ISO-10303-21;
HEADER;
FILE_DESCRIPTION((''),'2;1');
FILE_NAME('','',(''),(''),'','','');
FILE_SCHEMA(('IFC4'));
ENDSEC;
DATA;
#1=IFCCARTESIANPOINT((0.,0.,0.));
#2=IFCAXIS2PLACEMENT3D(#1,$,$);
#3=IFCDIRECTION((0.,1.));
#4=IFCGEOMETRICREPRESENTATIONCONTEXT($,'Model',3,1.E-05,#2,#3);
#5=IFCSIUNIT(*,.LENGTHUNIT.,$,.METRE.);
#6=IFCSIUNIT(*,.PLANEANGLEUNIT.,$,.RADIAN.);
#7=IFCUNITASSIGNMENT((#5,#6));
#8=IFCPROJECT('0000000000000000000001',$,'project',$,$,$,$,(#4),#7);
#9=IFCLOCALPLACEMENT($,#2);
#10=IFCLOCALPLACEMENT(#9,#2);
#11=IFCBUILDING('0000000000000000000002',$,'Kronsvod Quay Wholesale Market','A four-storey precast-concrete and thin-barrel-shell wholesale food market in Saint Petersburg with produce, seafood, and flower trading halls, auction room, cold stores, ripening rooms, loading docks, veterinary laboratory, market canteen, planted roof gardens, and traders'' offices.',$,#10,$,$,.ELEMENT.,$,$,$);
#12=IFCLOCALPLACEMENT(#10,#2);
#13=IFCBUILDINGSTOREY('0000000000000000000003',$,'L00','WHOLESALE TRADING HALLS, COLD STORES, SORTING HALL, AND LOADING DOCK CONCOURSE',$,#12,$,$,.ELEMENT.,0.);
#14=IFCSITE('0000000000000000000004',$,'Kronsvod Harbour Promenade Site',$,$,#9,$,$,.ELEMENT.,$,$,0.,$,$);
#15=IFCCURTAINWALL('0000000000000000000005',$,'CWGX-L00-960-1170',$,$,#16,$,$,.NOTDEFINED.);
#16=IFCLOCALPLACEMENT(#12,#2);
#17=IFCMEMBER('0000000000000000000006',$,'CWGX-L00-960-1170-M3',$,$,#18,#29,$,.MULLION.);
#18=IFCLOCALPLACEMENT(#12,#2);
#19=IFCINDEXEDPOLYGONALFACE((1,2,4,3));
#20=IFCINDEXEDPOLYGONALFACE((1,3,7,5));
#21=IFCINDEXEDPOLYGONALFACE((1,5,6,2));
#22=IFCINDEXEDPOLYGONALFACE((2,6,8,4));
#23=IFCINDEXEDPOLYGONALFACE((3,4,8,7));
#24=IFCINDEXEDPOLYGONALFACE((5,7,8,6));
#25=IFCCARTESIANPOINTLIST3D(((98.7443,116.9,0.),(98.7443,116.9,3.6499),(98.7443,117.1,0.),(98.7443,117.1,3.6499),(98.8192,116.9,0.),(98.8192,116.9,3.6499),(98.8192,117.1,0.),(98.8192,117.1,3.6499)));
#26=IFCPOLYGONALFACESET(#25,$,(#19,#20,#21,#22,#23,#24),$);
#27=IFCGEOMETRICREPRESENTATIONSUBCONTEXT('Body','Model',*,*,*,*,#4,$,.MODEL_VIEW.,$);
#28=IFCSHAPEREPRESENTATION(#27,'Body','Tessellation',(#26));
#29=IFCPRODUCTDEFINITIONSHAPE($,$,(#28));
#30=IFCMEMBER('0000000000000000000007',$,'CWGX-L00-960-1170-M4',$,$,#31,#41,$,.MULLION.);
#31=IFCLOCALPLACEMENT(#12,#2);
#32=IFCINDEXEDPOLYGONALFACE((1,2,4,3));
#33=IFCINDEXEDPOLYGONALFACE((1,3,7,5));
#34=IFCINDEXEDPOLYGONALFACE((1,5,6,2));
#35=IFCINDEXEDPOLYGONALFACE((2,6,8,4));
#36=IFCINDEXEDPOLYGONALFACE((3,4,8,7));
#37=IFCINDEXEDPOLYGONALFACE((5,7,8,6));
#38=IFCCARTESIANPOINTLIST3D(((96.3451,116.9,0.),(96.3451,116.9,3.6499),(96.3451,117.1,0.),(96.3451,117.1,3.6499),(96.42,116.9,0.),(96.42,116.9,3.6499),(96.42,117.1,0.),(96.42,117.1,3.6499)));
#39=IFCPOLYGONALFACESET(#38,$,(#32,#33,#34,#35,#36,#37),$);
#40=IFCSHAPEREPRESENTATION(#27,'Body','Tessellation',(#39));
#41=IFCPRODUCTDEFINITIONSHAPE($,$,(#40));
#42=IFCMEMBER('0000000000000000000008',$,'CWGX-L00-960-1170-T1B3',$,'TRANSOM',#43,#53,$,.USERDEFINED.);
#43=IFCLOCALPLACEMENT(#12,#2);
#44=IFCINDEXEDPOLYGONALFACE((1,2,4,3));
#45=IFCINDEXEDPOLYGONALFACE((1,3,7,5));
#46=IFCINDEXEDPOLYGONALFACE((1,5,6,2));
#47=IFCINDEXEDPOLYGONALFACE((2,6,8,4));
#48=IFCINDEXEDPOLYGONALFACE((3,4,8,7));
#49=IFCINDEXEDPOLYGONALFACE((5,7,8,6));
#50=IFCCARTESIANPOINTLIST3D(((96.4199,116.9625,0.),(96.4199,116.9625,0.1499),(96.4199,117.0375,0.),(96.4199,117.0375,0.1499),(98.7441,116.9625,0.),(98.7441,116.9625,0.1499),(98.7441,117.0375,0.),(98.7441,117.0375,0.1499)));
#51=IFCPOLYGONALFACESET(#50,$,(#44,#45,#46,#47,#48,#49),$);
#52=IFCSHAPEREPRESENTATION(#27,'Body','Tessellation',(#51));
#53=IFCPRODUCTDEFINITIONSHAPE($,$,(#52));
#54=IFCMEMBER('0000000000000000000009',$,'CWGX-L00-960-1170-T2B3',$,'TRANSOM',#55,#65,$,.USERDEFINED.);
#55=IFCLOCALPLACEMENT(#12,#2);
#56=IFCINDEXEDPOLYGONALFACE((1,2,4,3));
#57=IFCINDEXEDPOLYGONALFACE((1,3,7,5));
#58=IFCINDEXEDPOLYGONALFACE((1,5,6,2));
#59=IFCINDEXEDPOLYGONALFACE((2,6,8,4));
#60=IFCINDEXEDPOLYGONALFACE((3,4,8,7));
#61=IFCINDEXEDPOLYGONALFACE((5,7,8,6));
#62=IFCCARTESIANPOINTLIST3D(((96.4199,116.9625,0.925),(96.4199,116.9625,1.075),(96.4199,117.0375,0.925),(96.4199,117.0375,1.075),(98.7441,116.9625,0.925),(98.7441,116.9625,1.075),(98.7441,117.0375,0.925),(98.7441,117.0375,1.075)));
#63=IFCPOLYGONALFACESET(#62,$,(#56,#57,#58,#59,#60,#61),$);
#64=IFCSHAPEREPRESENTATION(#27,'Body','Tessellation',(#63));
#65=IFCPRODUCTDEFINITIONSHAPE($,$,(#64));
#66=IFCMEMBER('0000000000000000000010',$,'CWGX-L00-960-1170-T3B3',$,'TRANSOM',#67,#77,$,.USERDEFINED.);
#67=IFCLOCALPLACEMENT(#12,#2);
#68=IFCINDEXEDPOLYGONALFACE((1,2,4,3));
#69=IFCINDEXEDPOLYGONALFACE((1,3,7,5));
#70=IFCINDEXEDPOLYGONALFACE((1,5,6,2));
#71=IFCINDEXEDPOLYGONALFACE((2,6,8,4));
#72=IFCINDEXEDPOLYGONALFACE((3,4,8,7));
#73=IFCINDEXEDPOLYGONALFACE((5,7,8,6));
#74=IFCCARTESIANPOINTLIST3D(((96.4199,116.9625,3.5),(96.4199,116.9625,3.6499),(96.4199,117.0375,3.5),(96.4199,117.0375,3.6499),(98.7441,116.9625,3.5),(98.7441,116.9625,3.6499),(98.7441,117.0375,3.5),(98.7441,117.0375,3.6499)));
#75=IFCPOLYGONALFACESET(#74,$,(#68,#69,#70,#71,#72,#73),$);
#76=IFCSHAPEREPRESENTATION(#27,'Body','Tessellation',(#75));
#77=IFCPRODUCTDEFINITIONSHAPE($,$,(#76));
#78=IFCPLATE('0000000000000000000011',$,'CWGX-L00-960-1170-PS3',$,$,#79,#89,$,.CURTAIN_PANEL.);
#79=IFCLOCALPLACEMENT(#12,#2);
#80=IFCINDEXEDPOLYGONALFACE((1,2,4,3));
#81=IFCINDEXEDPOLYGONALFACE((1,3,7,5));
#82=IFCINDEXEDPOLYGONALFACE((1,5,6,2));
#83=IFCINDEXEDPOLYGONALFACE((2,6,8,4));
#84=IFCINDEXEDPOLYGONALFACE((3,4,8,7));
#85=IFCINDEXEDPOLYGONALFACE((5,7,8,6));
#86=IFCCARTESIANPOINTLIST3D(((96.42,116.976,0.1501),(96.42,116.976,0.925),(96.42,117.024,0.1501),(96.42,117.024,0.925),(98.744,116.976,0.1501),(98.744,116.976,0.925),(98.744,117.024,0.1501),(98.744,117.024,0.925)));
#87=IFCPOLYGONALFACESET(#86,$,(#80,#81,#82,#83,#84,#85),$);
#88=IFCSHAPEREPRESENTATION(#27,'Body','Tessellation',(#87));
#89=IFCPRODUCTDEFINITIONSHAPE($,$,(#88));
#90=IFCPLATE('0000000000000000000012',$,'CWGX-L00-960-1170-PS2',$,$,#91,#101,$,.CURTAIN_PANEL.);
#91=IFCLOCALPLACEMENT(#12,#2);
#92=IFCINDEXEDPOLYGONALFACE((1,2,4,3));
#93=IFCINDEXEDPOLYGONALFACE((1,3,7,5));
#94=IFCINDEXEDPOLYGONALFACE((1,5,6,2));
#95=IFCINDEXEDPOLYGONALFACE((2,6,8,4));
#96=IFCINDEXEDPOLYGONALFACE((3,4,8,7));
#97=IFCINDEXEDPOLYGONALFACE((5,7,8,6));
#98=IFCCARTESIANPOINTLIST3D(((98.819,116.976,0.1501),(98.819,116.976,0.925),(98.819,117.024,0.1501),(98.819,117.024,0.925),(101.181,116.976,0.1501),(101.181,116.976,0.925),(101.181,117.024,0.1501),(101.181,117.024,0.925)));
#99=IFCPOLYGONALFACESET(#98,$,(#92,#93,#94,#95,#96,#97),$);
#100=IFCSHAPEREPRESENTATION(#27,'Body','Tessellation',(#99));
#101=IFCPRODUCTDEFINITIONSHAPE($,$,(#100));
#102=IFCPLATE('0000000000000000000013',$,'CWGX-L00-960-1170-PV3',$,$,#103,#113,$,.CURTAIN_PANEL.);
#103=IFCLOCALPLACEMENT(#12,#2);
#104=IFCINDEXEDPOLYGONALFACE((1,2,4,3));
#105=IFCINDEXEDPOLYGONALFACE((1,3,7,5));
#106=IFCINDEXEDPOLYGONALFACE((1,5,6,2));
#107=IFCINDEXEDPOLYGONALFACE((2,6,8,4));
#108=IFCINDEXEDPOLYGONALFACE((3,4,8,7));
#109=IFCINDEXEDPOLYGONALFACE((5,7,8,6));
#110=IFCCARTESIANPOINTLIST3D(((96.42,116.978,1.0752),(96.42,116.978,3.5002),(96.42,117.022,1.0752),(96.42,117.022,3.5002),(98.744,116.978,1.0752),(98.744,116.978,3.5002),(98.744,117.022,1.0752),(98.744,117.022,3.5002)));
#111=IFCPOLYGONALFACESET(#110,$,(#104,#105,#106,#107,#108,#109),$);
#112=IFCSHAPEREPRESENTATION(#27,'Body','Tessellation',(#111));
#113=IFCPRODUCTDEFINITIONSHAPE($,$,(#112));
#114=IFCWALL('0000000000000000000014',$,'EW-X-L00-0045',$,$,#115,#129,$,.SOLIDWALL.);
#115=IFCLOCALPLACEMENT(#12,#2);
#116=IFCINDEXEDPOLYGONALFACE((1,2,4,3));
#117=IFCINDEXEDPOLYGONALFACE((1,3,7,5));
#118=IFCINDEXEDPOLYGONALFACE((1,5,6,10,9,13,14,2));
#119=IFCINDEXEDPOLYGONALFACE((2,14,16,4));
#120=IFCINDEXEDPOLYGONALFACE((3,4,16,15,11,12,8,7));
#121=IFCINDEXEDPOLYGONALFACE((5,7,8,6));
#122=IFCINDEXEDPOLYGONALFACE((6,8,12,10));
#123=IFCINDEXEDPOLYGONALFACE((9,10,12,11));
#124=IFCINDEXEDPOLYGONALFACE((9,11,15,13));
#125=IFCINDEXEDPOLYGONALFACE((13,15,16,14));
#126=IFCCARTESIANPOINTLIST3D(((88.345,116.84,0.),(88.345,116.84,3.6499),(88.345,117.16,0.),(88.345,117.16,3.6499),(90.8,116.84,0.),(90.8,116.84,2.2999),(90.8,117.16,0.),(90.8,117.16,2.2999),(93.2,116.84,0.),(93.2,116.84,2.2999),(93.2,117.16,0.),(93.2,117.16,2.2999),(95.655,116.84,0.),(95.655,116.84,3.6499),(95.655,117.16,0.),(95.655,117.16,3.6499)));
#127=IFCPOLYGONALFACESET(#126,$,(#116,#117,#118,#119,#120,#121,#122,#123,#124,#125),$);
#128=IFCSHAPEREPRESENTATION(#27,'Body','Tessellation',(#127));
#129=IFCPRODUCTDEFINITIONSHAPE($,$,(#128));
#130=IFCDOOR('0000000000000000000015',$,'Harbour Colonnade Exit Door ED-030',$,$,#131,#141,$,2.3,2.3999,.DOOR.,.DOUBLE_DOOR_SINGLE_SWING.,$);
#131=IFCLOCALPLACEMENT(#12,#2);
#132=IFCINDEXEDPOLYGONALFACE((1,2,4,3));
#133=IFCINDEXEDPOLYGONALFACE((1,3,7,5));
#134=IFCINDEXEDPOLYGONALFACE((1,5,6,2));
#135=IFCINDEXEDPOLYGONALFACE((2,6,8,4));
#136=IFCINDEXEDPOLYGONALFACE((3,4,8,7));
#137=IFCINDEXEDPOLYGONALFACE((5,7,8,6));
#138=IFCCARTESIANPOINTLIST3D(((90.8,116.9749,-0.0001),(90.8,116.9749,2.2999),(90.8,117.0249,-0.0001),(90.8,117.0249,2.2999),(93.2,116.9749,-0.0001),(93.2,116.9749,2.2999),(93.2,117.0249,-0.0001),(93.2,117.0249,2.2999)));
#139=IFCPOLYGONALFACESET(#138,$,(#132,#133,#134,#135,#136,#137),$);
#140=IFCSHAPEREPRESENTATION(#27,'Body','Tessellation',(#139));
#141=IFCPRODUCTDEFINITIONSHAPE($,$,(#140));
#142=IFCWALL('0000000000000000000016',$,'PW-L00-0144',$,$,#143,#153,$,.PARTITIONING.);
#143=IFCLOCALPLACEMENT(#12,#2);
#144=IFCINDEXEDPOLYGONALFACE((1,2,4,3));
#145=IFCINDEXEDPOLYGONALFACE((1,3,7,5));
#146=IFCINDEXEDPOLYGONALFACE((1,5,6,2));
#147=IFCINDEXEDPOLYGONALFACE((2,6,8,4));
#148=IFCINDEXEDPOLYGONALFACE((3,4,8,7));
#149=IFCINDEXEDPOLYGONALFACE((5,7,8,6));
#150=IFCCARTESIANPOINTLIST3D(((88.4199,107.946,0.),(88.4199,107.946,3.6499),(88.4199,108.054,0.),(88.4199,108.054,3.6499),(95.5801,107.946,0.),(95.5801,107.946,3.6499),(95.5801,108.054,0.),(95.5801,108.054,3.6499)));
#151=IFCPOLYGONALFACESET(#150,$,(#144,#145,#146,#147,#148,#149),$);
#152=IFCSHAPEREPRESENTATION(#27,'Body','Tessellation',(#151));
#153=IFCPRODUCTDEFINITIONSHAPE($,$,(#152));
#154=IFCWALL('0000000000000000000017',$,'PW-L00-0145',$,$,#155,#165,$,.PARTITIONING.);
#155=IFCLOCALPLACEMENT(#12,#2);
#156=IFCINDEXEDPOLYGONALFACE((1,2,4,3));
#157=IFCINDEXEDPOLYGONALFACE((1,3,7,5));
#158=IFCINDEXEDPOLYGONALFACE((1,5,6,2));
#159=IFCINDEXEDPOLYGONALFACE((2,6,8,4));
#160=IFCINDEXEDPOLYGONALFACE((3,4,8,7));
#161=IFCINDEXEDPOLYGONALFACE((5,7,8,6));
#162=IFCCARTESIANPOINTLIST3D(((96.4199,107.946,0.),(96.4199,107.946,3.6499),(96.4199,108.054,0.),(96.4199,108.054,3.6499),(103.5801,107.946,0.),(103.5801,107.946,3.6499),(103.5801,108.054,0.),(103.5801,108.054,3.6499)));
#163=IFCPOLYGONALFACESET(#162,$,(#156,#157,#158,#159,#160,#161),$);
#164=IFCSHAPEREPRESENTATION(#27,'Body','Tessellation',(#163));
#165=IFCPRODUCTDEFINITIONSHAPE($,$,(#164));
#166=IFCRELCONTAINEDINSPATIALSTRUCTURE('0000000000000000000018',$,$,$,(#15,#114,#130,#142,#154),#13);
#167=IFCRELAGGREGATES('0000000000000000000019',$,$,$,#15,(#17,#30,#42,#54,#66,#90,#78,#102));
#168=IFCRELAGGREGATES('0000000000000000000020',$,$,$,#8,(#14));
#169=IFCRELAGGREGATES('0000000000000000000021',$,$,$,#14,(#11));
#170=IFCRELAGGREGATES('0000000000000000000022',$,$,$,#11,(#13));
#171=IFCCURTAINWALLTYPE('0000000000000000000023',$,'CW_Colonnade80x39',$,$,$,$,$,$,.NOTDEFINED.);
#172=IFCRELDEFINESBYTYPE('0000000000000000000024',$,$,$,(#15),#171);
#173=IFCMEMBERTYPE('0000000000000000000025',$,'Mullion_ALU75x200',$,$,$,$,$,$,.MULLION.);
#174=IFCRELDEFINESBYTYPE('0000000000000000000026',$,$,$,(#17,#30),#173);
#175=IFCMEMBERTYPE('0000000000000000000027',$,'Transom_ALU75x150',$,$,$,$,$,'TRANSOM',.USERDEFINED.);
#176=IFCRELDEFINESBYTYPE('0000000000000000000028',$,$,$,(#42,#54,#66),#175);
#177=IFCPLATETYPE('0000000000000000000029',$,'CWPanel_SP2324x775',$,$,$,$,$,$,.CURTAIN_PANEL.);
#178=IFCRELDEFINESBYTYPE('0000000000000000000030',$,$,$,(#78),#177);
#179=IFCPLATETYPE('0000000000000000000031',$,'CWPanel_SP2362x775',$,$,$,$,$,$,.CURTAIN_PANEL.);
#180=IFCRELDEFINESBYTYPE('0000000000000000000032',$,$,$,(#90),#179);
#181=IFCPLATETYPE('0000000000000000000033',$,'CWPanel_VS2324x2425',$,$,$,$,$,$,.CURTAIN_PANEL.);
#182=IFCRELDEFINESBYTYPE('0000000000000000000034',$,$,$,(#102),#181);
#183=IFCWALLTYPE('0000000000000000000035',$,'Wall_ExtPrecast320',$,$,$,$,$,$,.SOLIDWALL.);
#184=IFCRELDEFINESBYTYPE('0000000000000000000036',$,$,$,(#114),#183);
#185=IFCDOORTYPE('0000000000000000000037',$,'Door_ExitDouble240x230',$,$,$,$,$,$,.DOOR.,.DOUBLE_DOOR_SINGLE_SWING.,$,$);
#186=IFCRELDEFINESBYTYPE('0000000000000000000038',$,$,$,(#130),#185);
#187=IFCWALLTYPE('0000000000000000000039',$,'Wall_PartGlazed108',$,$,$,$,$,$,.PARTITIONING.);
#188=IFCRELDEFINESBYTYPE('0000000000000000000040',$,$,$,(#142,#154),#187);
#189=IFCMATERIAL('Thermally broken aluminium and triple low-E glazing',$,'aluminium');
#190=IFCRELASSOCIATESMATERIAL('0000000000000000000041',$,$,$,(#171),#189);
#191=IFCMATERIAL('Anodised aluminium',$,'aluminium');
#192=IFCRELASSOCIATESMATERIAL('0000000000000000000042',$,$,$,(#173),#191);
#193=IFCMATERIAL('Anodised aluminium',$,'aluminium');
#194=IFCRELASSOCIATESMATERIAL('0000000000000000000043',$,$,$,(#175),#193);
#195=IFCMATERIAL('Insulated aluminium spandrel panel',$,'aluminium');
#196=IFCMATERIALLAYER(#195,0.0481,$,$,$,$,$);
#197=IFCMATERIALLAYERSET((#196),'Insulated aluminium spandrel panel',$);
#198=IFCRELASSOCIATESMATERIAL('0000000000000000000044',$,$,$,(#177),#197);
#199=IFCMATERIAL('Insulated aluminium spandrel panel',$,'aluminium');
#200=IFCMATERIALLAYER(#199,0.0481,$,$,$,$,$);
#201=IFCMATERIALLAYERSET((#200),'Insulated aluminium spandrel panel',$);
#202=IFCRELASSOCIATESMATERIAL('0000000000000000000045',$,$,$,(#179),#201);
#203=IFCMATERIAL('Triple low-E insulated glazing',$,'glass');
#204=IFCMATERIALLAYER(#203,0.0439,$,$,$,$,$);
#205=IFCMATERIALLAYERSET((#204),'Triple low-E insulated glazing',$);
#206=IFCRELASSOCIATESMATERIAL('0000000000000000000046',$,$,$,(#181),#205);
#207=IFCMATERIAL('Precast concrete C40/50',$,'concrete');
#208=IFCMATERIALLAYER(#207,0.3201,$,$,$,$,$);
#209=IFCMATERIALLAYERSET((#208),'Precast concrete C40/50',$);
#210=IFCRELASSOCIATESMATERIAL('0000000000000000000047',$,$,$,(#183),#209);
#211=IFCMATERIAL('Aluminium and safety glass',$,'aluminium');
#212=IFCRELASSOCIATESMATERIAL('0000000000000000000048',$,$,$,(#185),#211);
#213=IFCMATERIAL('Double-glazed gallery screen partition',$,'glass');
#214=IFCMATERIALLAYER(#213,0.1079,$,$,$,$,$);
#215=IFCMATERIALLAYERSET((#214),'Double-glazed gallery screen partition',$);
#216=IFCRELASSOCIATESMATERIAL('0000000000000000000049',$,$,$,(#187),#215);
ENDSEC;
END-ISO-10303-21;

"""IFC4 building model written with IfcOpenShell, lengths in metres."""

from ifc_helpers import new_model, si_unit, direction, frame, frame_2d, origin, origin_2d, place, context, subcontext, project, spatial, rectangle, extrude, material, layer, layer_set, material_profile, profile_set, type_object, element, fill, aggregate, save


model = new_model("IFC4")

# Units and contexts
model_context = context("Model", 3, precision=1e-05, world=origin(), true_north=direction((0.0, 1.0)))
body_context = subcontext(model_context, "Body", "Model", "MODEL_VIEW")
ifc_project = project(units=[si_unit("LENGTHUNIT", "METRE"), si_unit("PLANEANGLEUNIT", "RADIAN")], contexts=[model_context])

# Site, building, storey
site_placement = place(None, origin())
site = spatial("IfcSite", under=ifc_project, at=site_placement, Name="Kronsvod Harbour Promenade Site", CompositionType="ELEMENT", RefElevation=0.0)
building_placement = place(site_placement, origin())
building = spatial("IfcBuilding", under=site, at=building_placement, Name="Kronsvod Quay Wholesale Market", Description="A four-storey precast-concrete and thin-barrel-shell wholesale food market in Saint Petersburg with produce, seafood, and flower trading halls, auction room, cold stores, ripening rooms, loading docks, veterinary laboratory, market canteen, planted roof gardens, and traders' offices.", CompositionType="ELEMENT")
storey_placement = place(building_placement, origin())
storey = spatial("IfcBuildingStorey", under=building, at=storey_placement, Name="L00", Description="WHOLESALE TRADING HALLS, COLD STORES, SORTING HALL, AND LOADING DOCK CONCOURSE", CompositionType="ELEMENT", Elevation=0.0)

# Curtain wall, members, plates
ifc_material_1 = material(Name="Thermally broken aluminium and triple low-E glazing", Category="aluminium")
curtain_wall_type = type_object("IfcCurtainWallType", Name="CW_Colonnade80x39", PredefinedType="NOTDEFINED", material=ifc_material_1)
curtain_wall_placement = place(storey_placement, origin())
curtain_wall = element("IfcCurtainWall", 1, at=curtain_wall_placement, inside=storey, type_object=curtain_wall_type, Name="CWGX-L00-960-1170", PredefinedType="NOTDEFINED")
ifc_material_2 = material(Name="Anodised aluminium", Category="aluminium")
ifc_material_profile_1 = material_profile(ifc_material_2, rectangle(XDim=0.075, YDim=0.2, at=origin_2d()), Name="ALUM75x200")
ifc_profile_set_1 = profile_set([ifc_material_profile_1], Name="Anodised aluminium")
member_type_1 = type_object("IfcMemberType", Name="Mullion_ALU75x200", PredefinedType="MULLION", material=ifc_profile_set_1)
member_1_placement = place(storey_placement, frame((98.7817, 117.0, 0.0), z_axis=(0.0, 0.0, 1.0), x_axis=(1.0, 0.0, 0.0)))
member_1 = element("IfcMember", 2, at=member_1_placement, type_object=member_type_1, Name="CWGX-L00-960-1170-M3", PredefinedType="MULLION", context=body_context, shape_type="SweptSolid", body=[
    extrude(rectangle(XDim=0.075, YDim=0.2, at=origin_2d()), origin(), (0.0, 0.0, 1.0), 3.6499),
])
member_2_placement = place(storey_placement, frame((96.3826, 117.0, 0.0), z_axis=(0.0, 0.0, 1.0), x_axis=(1.0, 0.0, 0.0)))
member_2 = element("IfcMember", 3, at=member_2_placement, type_object=member_type_1, Name="CWGX-L00-960-1170-M4", PredefinedType="MULLION", context=body_context, shape_type="SweptSolid", body=[
    extrude(rectangle(XDim=0.075, YDim=0.2, at=origin_2d()), origin(), (0.0, 0.0, 1.0), 3.6499),
])
ifc_material_3 = material(Name="Anodised aluminium", Category="aluminium")
ifc_material_profile_2 = material_profile(ifc_material_3, rectangle(XDim=0.075, YDim=0.1499, at=origin_2d()), Name="ALUT75x150")
ifc_profile_set_2 = profile_set([ifc_material_profile_2], Name="Anodised aluminium")
member_type_2 = type_object("IfcMemberType", Name="Transom_ALU75x150", ElementType="TRANSOM", PredefinedType="USERDEFINED", material=ifc_profile_set_2)
member_3_placement = place(storey_placement, frame((98.7441, 117.0, 0.075), z_axis=(-1.0, 0.0, 0.0), x_axis=(0.0, -1.0, 0.0)))
member_3 = element("IfcMember", 4, at=member_3_placement, type_object=member_type_2, Name="CWGX-L00-960-1170-T1B3", ObjectType="TRANSOM", PredefinedType="USERDEFINED", context=body_context, shape_type="SweptSolid", body=[
    extrude(rectangle(XDim=0.075, YDim=0.1499, at=origin_2d()), origin(), (0.0, 0.0, 1.0), 2.3242),
])
member_4_placement = place(storey_placement, frame((98.7441, 117.0, 1.0), z_axis=(-1.0, 0.0, 0.0), x_axis=(0.0, -1.0, 0.0)))
member_4 = element("IfcMember", 5, at=member_4_placement, type_object=member_type_2, Name="CWGX-L00-960-1170-T2B3", ObjectType="TRANSOM", PredefinedType="USERDEFINED", context=body_context, shape_type="SweptSolid", body=[
    extrude(rectangle(XDim=0.075, YDim=0.1499, at=origin_2d()), origin(), (0.0, 0.0, 1.0), 2.3242),
])
member_5_placement = place(storey_placement, frame((98.7441, 117.0, 3.575), z_axis=(-1.0, 0.0, 0.0), x_axis=(0.0, -1.0, 0.0)))
member_5 = element("IfcMember", 6, at=member_5_placement, type_object=member_type_2, Name="CWGX-L00-960-1170-T3B3", ObjectType="TRANSOM", PredefinedType="USERDEFINED", context=body_context, shape_type="SweptSolid", body=[
    extrude(rectangle(XDim=0.075, YDim=0.1499, at=origin_2d()), origin(), (0.0, 0.0, 1.0), 2.3242),
])
ifc_material_4 = material(Name="Insulated aluminium spandrel panel", Category="aluminium")
ifc_layer_1 = layer(ifc_material_4, 0.0481)
ifc_layer_set_1 = layer_set([ifc_layer_1], Name="Insulated aluminium spandrel panel")
plate_type_1 = type_object("IfcPlateType", Name="CWPanel_SP2324x775", PredefinedType="CURTAIN_PANEL", material=ifc_layer_set_1)
plate_1_placement = place(storey_placement, frame((97.582, 117.0, 0.1501), z_axis=(0.0, 0.0, 1.0), x_axis=(-1.0, 0.0, 0.0)))
plate_1 = element("IfcPlate", 7, at=plate_1_placement, type_object=plate_type_1, Name="CWGX-L00-960-1170-PS3", PredefinedType="CURTAIN_PANEL", context=body_context, shape_type="SweptSolid", body=[
    extrude(rectangle(XDim=2.324, YDim=0.0481, at=origin_2d()), origin(), (0.0, 0.0, 1.0), 0.7749),
])
ifc_material_5 = material(Name="Insulated aluminium spandrel panel", Category="aluminium")
ifc_layer_2 = layer(ifc_material_5, 0.0481)
ifc_layer_set_2 = layer_set([ifc_layer_2], Name="Insulated aluminium spandrel panel")
plate_type_2 = type_object("IfcPlateType", Name="CWPanel_SP2362x775", PredefinedType="CURTAIN_PANEL", material=ifc_layer_set_2)
plate_2_placement = place(storey_placement, frame((100.0, 117.0, 0.1501), z_axis=(0.0, 0.0, 1.0), x_axis=(-1.0, 0.0, 0.0)))
plate_2 = element("IfcPlate", 8, at=plate_2_placement, type_object=plate_type_2, Name="CWGX-L00-960-1170-PS2", PredefinedType="CURTAIN_PANEL", context=body_context, shape_type="SweptSolid", body=[
    extrude(rectangle(XDim=2.3621, YDim=0.0481, at=origin_2d()), origin(), (0.0, 0.0, 1.0), 0.7749),
])
ifc_material_6 = material(Name="Triple low-E insulated glazing", Category="glass")
ifc_layer_3 = layer(ifc_material_6, 0.0439)
ifc_layer_set_3 = layer_set([ifc_layer_3], Name="Triple low-E insulated glazing")
plate_type_3 = type_object("IfcPlateType", Name="CWPanel_VS2324x2425", PredefinedType="CURTAIN_PANEL", material=ifc_layer_set_3)
plate_3_placement = place(storey_placement, frame((97.582, 117.0, 1.0752), z_axis=(0.0, 0.0, 1.0), x_axis=(-1.0, 0.0, 0.0)))
plate_3 = element("IfcPlate", 9, at=plate_3_placement, type_object=plate_type_3, Name="CWGX-L00-960-1170-PV3", PredefinedType="CURTAIN_PANEL", context=body_context, shape_type="SweptSolid", body=[
    extrude(rectangle(XDim=2.324, YDim=0.0439, at=origin_2d()), origin(), (0.0, 0.0, 1.0), 2.425),
])
aggregate(curtain_wall, [member_1, member_2, member_3, member_4, member_5, plate_2, plate_1, plate_3])

# Wall, opening, door
ifc_material_7 = material(Name="Precast concrete C40/50", Category="concrete")
ifc_layer_4 = layer(ifc_material_7, 0.3201)
ifc_layer_set_4 = layer_set([ifc_layer_4], Name="Precast concrete C40/50")
wall_type_1 = type_object("IfcWallType", Name="Wall_ExtPrecast320", PredefinedType="SOLIDWALL", material=ifc_layer_set_4)
wall_placement = place(storey_placement, frame((95.655, 117.0, 0.0), z_axis=(0.0, 0.0, 1.0), x_axis=(-1.0, 0.0, 0.0)))
wall = element("IfcWall", 10, at=wall_placement, inside=storey, type_object=wall_type_1, Name="EW-X-L00-0045", PredefinedType="SOLIDWALL", context=body_context, shape_type="SweptSolid", body=[
    extrude(rectangle(XDim=7.3101, YDim=0.3201, at=frame_2d((3.655, 0.0))), origin(), (0.0, 0.0, 1.0), 3.6499),
])
opening_placement = place(wall_placement, frame((2.4551, 0.0, 0.0)))
opening = element("IfcOpeningElement", 11, at=opening_placement, cuts=wall, PredefinedType="OPENING", context=body_context, shape_type="SweptSolid", body=[
    extrude(rectangle(XDim=2.3999, YDim=2.3, at=frame_2d((1.2, 1.1499))), frame((0.0, 0.1699, 0.0), z_axis=(0.0, -1.0, 0.0), x_axis=(1.0, 0.0, 0.0)), (0.0, 0.0, 1.0), 0.3401),
])
ifc_material_8 = material(Name="Aluminium and safety glass", Category="aluminium")
door_type = type_object("IfcDoorType", Name="Door_ExitDouble240x230", OperationType="DOUBLE_DOOR_SINGLE_SWING", PredefinedType="DOOR", material=ifc_material_8)
door_placement = place(opening_placement, frame((2.3999, 0.0, 0.0), z_axis=(0.0, 0.0, 1.0), x_axis=(-1.0, 0.0, 0.0)))
door = element("IfcDoor", 12, at=door_placement, inside=storey, type_object=door_type, Name="Harbour Colonnade Exit Door ED-030", OperationType="DOUBLE_DOOR_SINGLE_SWING", OverallHeight=2.3, OverallWidth=2.3999, PredefinedType="DOOR", context=body_context, shape_type="SweptSolid", body=[
    extrude(rectangle(XDim=2.3999, YDim=2.3, at=frame_2d((1.2, 1.1499))), frame((0.0, 0.0249, 0.0), z_axis=(0.0, -1.0, 0.0), x_axis=(1.0, 0.0, 0.0)), (0.0, 0.0, 1.0), 0.05),
])
fill(opening, door)

# Walls
ifc_material_9 = material(Name="Double-glazed gallery screen partition", Category="glass")
ifc_layer_5 = layer(ifc_material_9, 0.1079)
ifc_layer_set_5 = layer_set([ifc_layer_5], Name="Double-glazed gallery screen partition")
wall_type_2 = type_object("IfcWallType", Name="Wall_PartGlazed108", PredefinedType="PARTITIONING", material=ifc_layer_set_5)
for number, where, z_axis, x_axis, name in (
    (13, (88.4199, 108.0, 0.0), (0.0, 0.0, 1.0), (1.0, 0.0, 0.0), "PW-L00-0144"),
    (14, (96.4199, 108.0, 0.0), (0.0, 0.0, 1.0), (1.0, 0.0, 0.0), "PW-L00-0145"),
):
    element("IfcWall", number, at=place(storey_placement, frame(where, z_axis=z_axis, x_axis=x_axis)), inside=storey, type_object=wall_type_2, Name=name, PredefinedType="PARTITIONING", context=body_context, shape_type="SweptSolid", body=[
        extrude(rectangle(XDim=7.1602, YDim=0.1079, at=frame_2d((3.5801, 0.0))), origin(), (0.0, 0.0, 1.0), 3.6499),
    ])

save(model, "model.ifc")
